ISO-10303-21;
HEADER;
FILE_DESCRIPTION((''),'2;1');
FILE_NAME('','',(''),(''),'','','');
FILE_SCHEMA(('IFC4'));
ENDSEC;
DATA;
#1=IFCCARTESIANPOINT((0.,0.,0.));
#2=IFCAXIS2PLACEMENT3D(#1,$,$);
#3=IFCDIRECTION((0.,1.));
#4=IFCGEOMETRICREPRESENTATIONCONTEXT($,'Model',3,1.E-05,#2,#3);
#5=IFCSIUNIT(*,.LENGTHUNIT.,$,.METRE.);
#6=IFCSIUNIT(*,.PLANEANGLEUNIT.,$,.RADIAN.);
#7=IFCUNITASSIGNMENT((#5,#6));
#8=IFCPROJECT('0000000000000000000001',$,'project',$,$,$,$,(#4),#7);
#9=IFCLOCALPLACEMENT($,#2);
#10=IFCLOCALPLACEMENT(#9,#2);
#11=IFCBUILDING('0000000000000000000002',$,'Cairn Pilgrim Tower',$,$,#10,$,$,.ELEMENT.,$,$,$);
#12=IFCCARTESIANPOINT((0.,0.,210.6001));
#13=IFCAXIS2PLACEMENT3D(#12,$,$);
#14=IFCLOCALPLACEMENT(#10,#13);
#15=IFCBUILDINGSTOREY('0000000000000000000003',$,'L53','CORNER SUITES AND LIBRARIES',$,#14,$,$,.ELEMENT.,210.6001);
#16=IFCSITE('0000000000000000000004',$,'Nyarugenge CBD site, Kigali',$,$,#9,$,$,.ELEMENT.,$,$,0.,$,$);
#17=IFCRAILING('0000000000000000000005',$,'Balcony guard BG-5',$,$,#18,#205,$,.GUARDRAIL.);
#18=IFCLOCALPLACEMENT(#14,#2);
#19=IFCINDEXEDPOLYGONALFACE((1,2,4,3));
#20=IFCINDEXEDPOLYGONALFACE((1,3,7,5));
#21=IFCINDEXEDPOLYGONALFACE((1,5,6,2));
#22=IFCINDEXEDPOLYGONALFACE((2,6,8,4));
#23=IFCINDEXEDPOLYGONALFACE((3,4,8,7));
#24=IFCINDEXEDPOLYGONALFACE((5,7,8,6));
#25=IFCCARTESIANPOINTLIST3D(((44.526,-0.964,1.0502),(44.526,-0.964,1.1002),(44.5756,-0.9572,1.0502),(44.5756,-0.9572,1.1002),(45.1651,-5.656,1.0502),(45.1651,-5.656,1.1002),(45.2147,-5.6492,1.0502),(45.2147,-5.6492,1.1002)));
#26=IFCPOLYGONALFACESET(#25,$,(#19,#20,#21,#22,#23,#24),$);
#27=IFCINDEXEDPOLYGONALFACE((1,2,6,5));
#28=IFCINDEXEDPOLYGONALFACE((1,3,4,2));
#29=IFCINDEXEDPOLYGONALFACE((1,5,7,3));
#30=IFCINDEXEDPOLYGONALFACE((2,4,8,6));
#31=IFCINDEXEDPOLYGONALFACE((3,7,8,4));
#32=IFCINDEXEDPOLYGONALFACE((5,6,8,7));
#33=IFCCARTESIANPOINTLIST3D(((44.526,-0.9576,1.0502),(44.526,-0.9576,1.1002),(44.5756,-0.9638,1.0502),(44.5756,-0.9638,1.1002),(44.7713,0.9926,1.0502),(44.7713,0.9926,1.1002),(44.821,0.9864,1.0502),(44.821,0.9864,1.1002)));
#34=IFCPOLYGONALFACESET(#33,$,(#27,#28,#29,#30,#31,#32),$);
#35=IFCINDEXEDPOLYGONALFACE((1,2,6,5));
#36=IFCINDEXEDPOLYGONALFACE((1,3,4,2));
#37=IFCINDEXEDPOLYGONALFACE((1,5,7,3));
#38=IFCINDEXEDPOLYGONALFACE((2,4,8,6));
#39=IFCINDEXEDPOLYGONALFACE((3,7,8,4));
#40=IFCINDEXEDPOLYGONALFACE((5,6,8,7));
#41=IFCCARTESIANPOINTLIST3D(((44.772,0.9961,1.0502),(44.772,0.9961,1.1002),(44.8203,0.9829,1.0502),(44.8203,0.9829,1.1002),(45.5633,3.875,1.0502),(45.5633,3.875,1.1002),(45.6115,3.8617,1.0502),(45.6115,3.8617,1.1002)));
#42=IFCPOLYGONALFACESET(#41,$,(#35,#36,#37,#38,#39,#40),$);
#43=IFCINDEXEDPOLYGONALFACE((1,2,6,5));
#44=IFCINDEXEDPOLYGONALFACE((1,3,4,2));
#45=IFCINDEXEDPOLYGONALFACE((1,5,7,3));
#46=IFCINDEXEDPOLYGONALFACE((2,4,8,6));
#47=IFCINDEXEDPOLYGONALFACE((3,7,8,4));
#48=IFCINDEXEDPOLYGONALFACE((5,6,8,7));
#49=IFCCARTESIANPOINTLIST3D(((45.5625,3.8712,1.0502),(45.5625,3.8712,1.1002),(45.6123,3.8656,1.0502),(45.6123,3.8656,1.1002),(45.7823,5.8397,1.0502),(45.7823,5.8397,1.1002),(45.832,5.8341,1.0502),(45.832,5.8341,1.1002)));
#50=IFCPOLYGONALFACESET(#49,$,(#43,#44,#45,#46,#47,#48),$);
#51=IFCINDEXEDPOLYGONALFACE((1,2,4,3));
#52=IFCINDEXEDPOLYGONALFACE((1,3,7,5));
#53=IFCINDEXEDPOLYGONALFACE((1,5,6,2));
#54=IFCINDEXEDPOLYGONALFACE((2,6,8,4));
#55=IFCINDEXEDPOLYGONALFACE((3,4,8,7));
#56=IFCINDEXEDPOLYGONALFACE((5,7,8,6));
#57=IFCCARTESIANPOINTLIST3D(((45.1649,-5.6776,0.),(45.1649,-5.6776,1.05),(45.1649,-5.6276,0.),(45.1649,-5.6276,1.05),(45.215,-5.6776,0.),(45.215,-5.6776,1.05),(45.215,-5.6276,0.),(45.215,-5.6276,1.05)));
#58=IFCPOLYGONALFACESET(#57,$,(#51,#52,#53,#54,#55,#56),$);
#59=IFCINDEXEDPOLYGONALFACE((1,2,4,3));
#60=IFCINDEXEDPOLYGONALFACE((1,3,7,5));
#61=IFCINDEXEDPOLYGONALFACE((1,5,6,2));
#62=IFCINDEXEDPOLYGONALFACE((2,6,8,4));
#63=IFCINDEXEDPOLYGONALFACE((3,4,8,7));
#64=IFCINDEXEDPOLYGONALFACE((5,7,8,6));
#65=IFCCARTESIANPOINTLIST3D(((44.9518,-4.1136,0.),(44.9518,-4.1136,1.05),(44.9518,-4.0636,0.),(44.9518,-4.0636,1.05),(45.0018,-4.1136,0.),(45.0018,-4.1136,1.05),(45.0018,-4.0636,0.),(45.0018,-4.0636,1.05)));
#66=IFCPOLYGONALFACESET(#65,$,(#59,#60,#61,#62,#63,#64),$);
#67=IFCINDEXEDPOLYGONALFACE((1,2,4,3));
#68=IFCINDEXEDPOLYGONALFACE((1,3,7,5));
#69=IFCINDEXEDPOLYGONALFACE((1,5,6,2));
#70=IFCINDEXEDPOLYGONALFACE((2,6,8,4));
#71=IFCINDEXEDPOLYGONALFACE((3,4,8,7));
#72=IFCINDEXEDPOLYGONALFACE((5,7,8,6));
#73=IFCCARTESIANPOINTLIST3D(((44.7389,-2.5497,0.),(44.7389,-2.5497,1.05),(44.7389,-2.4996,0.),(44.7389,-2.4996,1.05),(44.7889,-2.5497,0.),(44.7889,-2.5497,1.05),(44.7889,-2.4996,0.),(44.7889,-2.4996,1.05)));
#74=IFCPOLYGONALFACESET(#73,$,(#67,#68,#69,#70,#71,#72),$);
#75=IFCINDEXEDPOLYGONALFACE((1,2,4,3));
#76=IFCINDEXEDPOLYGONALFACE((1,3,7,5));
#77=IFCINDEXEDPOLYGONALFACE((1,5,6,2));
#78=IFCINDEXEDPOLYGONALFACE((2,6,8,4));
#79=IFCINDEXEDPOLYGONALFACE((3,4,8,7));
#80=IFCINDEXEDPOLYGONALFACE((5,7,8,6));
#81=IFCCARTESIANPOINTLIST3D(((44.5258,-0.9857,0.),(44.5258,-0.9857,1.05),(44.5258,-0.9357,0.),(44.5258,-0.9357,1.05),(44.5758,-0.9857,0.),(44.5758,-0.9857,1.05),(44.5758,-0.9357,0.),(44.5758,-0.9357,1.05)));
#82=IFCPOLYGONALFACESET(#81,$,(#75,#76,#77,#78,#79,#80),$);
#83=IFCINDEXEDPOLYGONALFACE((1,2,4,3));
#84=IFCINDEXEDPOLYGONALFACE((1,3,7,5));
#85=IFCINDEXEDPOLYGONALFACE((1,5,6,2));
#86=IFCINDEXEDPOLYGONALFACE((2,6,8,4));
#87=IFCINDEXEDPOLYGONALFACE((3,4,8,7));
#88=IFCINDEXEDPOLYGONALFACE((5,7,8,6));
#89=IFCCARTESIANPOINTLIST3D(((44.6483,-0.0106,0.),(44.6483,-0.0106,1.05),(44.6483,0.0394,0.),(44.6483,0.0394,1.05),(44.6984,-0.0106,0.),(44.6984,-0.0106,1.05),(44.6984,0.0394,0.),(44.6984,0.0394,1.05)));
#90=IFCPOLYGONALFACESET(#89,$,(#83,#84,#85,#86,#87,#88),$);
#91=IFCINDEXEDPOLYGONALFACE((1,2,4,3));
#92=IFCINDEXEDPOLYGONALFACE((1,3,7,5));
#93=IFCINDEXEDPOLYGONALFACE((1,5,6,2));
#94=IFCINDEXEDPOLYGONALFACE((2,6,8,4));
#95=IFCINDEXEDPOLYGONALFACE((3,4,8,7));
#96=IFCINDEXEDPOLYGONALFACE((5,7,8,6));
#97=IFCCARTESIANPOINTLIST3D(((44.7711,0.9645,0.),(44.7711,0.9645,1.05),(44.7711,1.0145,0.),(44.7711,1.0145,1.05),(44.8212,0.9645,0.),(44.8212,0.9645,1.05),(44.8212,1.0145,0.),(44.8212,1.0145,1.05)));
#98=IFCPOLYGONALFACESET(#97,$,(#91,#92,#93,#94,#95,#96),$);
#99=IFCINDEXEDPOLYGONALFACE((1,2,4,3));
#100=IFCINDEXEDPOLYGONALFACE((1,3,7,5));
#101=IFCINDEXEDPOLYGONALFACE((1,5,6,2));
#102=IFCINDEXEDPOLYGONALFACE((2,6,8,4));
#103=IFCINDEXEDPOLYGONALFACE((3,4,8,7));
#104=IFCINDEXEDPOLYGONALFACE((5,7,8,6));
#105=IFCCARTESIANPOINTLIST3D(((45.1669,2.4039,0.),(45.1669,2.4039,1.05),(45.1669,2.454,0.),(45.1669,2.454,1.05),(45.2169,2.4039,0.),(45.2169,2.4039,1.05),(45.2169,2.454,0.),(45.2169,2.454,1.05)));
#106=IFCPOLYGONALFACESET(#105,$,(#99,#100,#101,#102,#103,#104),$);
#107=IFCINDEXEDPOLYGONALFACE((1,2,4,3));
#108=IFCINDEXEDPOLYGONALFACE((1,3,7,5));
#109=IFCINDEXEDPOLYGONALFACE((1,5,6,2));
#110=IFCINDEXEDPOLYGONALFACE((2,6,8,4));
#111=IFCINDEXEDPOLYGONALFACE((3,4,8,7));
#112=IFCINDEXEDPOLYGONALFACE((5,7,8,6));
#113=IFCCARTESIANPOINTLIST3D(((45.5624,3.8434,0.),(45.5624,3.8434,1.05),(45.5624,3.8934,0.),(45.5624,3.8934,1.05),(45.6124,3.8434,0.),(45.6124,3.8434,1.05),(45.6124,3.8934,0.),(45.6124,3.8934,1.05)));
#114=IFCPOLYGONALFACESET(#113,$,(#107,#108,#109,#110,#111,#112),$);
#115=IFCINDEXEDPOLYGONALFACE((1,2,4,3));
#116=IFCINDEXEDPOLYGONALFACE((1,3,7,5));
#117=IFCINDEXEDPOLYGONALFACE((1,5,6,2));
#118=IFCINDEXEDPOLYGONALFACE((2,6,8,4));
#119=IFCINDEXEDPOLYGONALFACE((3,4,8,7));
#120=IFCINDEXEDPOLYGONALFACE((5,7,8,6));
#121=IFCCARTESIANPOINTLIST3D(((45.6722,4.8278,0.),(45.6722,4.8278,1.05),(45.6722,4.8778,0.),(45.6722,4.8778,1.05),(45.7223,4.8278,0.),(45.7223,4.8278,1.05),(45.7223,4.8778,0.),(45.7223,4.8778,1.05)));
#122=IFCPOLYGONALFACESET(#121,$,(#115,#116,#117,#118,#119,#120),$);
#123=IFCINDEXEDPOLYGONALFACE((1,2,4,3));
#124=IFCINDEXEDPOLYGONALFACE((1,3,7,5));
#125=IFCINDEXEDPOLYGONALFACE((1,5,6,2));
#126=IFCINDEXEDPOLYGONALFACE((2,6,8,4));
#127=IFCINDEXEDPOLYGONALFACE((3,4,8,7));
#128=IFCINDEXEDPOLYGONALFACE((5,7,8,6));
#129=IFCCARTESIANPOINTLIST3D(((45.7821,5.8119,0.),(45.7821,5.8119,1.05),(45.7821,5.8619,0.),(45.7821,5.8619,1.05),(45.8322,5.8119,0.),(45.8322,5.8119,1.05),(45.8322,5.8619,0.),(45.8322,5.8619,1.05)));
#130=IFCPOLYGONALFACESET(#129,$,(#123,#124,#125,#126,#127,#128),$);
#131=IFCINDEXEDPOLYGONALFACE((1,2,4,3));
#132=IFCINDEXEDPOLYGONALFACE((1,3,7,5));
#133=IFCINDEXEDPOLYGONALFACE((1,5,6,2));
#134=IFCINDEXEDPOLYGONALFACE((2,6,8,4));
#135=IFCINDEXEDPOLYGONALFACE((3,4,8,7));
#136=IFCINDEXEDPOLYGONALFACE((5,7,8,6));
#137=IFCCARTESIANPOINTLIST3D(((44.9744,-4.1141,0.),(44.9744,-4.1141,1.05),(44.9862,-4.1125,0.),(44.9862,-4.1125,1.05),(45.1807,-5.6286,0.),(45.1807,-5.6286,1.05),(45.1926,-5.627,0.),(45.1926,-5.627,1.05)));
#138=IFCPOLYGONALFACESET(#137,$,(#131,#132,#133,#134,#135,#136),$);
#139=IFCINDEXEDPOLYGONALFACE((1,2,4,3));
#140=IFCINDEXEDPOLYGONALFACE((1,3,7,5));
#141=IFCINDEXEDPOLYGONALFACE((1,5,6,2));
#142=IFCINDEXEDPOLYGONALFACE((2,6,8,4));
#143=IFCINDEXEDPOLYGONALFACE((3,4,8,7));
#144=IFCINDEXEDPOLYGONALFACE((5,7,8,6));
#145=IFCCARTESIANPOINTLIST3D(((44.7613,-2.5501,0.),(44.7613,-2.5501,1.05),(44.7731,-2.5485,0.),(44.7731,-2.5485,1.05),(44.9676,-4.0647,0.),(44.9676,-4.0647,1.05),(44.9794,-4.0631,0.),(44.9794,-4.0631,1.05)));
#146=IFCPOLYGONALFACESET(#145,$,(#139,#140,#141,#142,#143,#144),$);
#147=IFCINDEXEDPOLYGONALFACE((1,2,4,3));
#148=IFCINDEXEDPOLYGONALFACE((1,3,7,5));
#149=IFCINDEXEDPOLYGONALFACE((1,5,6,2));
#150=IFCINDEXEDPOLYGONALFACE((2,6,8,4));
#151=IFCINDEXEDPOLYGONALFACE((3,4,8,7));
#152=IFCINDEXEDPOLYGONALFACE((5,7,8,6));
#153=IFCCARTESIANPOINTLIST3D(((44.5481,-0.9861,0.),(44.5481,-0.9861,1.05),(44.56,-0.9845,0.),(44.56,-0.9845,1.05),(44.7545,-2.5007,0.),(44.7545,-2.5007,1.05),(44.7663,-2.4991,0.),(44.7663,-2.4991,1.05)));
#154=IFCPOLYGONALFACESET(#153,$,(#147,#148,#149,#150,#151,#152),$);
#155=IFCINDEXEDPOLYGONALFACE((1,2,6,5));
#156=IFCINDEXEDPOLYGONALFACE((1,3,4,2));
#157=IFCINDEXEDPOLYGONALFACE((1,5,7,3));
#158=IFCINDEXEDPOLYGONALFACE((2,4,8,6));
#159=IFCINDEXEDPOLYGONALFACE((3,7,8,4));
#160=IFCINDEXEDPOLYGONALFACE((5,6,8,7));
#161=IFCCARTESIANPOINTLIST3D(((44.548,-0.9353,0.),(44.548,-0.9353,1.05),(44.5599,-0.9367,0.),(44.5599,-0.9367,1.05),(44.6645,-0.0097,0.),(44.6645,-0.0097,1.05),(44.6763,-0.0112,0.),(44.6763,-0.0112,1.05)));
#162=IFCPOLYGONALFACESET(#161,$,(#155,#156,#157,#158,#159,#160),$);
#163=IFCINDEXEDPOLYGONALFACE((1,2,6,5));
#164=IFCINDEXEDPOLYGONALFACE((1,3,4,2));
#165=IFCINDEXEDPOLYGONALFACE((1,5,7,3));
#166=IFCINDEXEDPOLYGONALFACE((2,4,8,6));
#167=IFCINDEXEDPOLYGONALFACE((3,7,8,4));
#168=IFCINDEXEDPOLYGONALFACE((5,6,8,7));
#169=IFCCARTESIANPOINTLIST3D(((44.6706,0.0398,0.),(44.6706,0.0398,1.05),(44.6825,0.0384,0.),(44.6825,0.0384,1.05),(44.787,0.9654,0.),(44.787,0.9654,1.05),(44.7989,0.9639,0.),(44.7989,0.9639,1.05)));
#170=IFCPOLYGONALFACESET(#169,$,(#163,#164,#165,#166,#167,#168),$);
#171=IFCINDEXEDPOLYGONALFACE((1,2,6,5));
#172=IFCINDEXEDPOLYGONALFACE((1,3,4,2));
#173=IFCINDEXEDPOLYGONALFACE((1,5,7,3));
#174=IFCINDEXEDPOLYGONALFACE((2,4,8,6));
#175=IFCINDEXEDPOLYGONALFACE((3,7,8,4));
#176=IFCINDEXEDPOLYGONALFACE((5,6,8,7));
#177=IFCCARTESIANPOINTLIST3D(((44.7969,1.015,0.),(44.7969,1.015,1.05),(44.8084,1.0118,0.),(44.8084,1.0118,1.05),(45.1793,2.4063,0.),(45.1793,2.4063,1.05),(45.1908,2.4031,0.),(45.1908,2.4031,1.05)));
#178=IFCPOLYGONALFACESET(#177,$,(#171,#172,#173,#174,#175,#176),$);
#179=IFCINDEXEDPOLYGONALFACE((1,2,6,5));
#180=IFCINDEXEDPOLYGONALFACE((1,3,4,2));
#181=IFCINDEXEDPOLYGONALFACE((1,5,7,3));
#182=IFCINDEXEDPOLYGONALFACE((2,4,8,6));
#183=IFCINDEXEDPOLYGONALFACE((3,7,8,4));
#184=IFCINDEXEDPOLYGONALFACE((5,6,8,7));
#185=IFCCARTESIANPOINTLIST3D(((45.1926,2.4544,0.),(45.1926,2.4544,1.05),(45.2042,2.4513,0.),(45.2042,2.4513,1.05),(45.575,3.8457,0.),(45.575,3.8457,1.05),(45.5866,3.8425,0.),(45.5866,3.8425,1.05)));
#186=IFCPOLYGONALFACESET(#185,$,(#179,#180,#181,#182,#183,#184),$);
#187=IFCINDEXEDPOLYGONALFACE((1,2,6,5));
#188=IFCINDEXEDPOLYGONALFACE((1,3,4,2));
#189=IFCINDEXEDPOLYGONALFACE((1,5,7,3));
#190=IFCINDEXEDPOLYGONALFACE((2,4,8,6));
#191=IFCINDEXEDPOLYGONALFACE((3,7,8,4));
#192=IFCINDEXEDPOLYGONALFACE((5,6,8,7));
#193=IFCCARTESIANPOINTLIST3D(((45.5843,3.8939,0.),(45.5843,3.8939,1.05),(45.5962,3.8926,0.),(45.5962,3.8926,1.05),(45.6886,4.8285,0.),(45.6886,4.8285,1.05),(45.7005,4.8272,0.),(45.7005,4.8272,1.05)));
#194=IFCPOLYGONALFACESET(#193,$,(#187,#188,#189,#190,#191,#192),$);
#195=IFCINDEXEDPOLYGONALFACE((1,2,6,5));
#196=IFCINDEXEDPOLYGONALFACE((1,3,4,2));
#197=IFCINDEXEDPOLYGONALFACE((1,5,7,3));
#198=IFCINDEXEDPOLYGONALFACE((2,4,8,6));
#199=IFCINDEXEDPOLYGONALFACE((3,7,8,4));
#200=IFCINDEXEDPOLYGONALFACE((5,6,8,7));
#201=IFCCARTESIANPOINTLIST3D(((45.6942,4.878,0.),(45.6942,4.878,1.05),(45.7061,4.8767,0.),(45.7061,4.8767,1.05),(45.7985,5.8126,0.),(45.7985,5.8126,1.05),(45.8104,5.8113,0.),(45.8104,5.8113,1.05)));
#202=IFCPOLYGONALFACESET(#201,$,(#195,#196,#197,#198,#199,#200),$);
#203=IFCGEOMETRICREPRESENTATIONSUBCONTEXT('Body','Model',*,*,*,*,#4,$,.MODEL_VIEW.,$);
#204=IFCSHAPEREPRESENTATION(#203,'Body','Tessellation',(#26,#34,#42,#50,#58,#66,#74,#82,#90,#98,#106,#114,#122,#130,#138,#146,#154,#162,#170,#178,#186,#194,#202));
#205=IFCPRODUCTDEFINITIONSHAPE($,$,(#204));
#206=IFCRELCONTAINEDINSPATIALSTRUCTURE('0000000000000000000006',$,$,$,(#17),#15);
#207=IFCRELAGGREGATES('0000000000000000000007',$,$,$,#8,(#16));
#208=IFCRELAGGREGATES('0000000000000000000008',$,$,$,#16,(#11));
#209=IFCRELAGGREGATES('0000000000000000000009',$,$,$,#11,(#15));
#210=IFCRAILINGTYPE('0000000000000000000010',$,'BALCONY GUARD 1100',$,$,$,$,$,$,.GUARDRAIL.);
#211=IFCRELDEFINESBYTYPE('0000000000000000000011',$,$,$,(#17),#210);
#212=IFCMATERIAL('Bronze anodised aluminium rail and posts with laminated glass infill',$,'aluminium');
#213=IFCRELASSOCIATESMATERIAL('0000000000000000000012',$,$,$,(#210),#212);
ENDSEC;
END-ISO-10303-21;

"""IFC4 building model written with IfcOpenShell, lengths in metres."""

from ifc_helpers import new_model, si_unit, direction, frame, origin, origin_2d, place, context, subcontext, project, spatial, polyline, rectangle, outline, extrude, material, type_object, element, save


model = new_model("IFC4")

# Units and contexts
model_context = context("Model", 3, precision=1e-05, world=origin(), true_north=direction((0.0, 1.0)))
body_context = subcontext(model_context, "Body", "Model", "MODEL_VIEW")
ifc_project = project(units=[si_unit("LENGTHUNIT", "METRE"), si_unit("PLANEANGLEUNIT", "RADIAN")], contexts=[model_context])

# Site, building, storey
site_placement = place(None, origin())
site = spatial("IfcSite", under=ifc_project, at=site_placement, Name="Nyarugenge CBD site, Kigali", CompositionType="ELEMENT", RefElevation=0.0)
building_placement = place(site_placement, origin())
building = spatial("IfcBuilding", under=site, at=building_placement, Name="Cairn Pilgrim Tower", CompositionType="ELEMENT")
storey_placement = place(building_placement, frame((0.0, 0.0, 210.6001)))
storey = spatial("IfcBuildingStorey", under=building, at=storey_placement, Name="L53", Description="CORNER SUITES AND LIBRARIES", CompositionType="ELEMENT", Elevation=210.6001)

# Railing
ifc_material_1 = material(Name="Bronze anodised aluminium rail and posts with laminated glass infill", Category="aluminium")
railing_type = type_object("IfcRailingType", Name="BALCONY GUARD 1100", PredefinedType="GUARDRAIL", material=ifc_material_1)
railing_1_placement = place(storey_placement, frame((45.1899, -5.6526, 0.0)))
element("IfcRailing", 1, at=railing_1_placement, inside=storey, type_object=railing_type, Name="Balcony guard BG-5", PredefinedType="GUARDRAIL", context=body_context, shape_type="SweptSolid", body=[
    extrude(rectangle(XDim=0.05, YDim=0.05, at=origin_2d()), frame((0.0, 0.0, 1.0752), z_axis=(-0.13498, 0.990848, 0.0), x_axis=(-0.990848, -0.13498, 0.0)), (0.0, 0.0, 1.0), 4.7354),
    extrude(rectangle(XDim=0.05, YDim=0.05, at=origin_2d()), frame((-0.6392, 4.6919, 1.0752), z_axis=(0.12483, 0.992178, 0.0), x_axis=(-0.992178, 0.12483, 0.0)), (0.0, 0.0, 1.0), 1.9656),
    extrude(rectangle(XDim=0.05, YDim=0.05, at=origin_2d()), frame((-0.3938, 6.6421, 1.0752), z_axis=(0.26502, 0.964243, 0.0), x_axis=(-0.964243, 0.26502, 0.0)), (0.0, 0.0, 1.0), 2.9856),
    extrude(rectangle(XDim=0.05, YDim=0.05, at=origin_2d()), frame((0.3975, 9.521, 1.0752), z_axis=(0.110932, 0.993828, 0.0), x_axis=(-0.993828, 0.110932, 0.0)), (0.0, 0.0, 1.0), 1.9807),
    extrude(rectangle(XDim=0.05, YDim=0.05, at=origin_2d()), origin(), (0.0, 0.0, 1.0), 1.05),
    extrude(rectangle(XDim=0.05, YDim=0.05, at=origin_2d()), frame((-0.2131, 1.564, 0.0)), (0.0, 0.0, 1.0), 1.05),
    extrude(rectangle(XDim=0.05, YDim=0.05, at=origin_2d()), frame((-0.426, 3.1279, 0.0)), (0.0, 0.0, 1.0), 1.05),
    extrude(rectangle(XDim=0.05, YDim=0.05, at=origin_2d()), frame((-0.6392, 4.6919, 0.0)), (0.0, 0.0, 1.0), 1.05),
    extrude(rectangle(XDim=0.05, YDim=0.05, at=origin_2d()), frame((-0.5166, 5.667, 0.0)), (0.0, 0.0, 1.0), 1.05),
    extrude(rectangle(XDim=0.05, YDim=0.05, at=origin_2d()), frame((-0.3938, 6.6421, 0.0)), (0.0, 0.0, 1.0), 1.05),
    extrude(rectangle(XDim=0.05, YDim=0.05, at=origin_2d()), frame((0.002, 8.0815, 0.0)), (0.0, 0.0, 1.0), 1.05),
    extrude(rectangle(XDim=0.05, YDim=0.05, at=origin_2d()), frame((0.3975, 9.521, 0.0)), (0.0, 0.0, 1.0), 1.05),
    extrude(rectangle(XDim=0.05, YDim=0.05, at=origin_2d()), frame((0.5073, 10.5054, 0.0)), (0.0, 0.0, 1.0), 1.05),
    extrude(rectangle(XDim=0.05, YDim=0.05, at=origin_2d()), frame((0.6172, 11.4895, 0.0)), (0.0, 0.0, 1.0), 1.05),
    extrude(outline(polyline([(0.0249, 0.0), (1.5535, 0.0), (1.5535, 1.05), (0.0249, 1.05), (0.0249, 0.0)])), frame((-0.0059, -0.0007, 0.0), z_axis=(0.990848, 0.13498, 0.0), x_axis=(-0.13498, 0.990848, 0.0)), (0.0, 0.0, 1.0), 0.012),
    extrude(outline(polyline([(0.0249, 0.0), (1.5535, 0.0), (1.5535, 1.05), (0.0249, 1.05), (0.0249, 0.0)])), frame((-0.219, 1.5632, 0.0), z_axis=(0.990848, 0.13498, 0.0), x_axis=(-0.13498, 0.990848, 0.0)), (0.0, 0.0, 1.0), 0.012),
    extrude(outline(polyline([(0.0249, 0.0), (1.5535, 0.0), (1.5535, 1.05), (0.0249, 1.05), (0.0249, 0.0)])), frame((-0.4321, 3.1272, 0.0), z_axis=(0.990848, 0.13498, 0.0), x_axis=(-0.13498, 0.990848, 0.0)), (0.0, 0.0, 1.0), 0.012),
    extrude(outline(polyline([(0.0249, 0.0), (0.9578, 0.0), (0.9578, 1.05), (0.0249, 1.05), (0.0249, 0.0)])), frame((-0.645, 4.6926, 0.0), z_axis=(0.992178, -0.12483, 0.0), x_axis=(0.12483, 0.992178, 0.0)), (0.0, 0.0, 1.0), 0.012),
    extrude(outline(polyline([(0.0249, 0.0), (0.9578, 0.0), (0.9578, 1.05), (0.0249, 1.05), (0.0249, 0.0)])), frame((-0.5225, 5.6677, 0.0), z_axis=(0.992178, -0.12483, 0.0), x_axis=(0.12483, 0.992178, 0.0)), (0.0, 0.0, 1.0), 0.012),
    extrude(outline(polyline([(0.0249, 0.0), (1.4678, 0.0), (1.4678, 1.05), (0.0249, 1.05), (0.0249, 0.0)])), frame((-0.3997, 6.6436, 0.0), z_axis=(0.964243, -0.26502, 0.0), x_axis=(0.26502, 0.964243, 0.0)), (0.0, 0.0, 1.0), 0.012),
    extrude(outline(polyline([(0.0249, 0.0), (1.4678, 0.0), (1.4678, 1.05), (0.0249, 1.05), (0.0249, 0.0)])), frame((-0.0039, 8.083, 0.0), z_axis=(0.964243, -0.26502, 0.0), x_axis=(0.26502, 0.964243, 0.0)), (0.0, 0.0, 1.0), 0.012),
    extrude(outline(polyline([(0.0249, 0.0), (0.9653, 0.0), (0.9653, 1.05), (0.0249, 1.05), (0.0249, 0.0)])), frame((0.3916, 9.5217, 0.0), z_axis=(0.993828, -0.110932, 0.0), x_axis=(0.110932, 0.993828, 0.0)), (0.0, 0.0, 1.0), 0.012),
    extrude(outline(polyline([(0.0249, 0.0), (0.9653, 0.0), (0.9653, 1.05), (0.0249, 1.05), (0.0249, 0.0)])), frame((0.5015, 10.5059, 0.0), z_axis=(0.993828, -0.110932, 0.0), x_axis=(0.110932, 0.993828, 0.0)), (0.0, 0.0, 1.0), 0.012),
])

save(model, "model.ifc")
